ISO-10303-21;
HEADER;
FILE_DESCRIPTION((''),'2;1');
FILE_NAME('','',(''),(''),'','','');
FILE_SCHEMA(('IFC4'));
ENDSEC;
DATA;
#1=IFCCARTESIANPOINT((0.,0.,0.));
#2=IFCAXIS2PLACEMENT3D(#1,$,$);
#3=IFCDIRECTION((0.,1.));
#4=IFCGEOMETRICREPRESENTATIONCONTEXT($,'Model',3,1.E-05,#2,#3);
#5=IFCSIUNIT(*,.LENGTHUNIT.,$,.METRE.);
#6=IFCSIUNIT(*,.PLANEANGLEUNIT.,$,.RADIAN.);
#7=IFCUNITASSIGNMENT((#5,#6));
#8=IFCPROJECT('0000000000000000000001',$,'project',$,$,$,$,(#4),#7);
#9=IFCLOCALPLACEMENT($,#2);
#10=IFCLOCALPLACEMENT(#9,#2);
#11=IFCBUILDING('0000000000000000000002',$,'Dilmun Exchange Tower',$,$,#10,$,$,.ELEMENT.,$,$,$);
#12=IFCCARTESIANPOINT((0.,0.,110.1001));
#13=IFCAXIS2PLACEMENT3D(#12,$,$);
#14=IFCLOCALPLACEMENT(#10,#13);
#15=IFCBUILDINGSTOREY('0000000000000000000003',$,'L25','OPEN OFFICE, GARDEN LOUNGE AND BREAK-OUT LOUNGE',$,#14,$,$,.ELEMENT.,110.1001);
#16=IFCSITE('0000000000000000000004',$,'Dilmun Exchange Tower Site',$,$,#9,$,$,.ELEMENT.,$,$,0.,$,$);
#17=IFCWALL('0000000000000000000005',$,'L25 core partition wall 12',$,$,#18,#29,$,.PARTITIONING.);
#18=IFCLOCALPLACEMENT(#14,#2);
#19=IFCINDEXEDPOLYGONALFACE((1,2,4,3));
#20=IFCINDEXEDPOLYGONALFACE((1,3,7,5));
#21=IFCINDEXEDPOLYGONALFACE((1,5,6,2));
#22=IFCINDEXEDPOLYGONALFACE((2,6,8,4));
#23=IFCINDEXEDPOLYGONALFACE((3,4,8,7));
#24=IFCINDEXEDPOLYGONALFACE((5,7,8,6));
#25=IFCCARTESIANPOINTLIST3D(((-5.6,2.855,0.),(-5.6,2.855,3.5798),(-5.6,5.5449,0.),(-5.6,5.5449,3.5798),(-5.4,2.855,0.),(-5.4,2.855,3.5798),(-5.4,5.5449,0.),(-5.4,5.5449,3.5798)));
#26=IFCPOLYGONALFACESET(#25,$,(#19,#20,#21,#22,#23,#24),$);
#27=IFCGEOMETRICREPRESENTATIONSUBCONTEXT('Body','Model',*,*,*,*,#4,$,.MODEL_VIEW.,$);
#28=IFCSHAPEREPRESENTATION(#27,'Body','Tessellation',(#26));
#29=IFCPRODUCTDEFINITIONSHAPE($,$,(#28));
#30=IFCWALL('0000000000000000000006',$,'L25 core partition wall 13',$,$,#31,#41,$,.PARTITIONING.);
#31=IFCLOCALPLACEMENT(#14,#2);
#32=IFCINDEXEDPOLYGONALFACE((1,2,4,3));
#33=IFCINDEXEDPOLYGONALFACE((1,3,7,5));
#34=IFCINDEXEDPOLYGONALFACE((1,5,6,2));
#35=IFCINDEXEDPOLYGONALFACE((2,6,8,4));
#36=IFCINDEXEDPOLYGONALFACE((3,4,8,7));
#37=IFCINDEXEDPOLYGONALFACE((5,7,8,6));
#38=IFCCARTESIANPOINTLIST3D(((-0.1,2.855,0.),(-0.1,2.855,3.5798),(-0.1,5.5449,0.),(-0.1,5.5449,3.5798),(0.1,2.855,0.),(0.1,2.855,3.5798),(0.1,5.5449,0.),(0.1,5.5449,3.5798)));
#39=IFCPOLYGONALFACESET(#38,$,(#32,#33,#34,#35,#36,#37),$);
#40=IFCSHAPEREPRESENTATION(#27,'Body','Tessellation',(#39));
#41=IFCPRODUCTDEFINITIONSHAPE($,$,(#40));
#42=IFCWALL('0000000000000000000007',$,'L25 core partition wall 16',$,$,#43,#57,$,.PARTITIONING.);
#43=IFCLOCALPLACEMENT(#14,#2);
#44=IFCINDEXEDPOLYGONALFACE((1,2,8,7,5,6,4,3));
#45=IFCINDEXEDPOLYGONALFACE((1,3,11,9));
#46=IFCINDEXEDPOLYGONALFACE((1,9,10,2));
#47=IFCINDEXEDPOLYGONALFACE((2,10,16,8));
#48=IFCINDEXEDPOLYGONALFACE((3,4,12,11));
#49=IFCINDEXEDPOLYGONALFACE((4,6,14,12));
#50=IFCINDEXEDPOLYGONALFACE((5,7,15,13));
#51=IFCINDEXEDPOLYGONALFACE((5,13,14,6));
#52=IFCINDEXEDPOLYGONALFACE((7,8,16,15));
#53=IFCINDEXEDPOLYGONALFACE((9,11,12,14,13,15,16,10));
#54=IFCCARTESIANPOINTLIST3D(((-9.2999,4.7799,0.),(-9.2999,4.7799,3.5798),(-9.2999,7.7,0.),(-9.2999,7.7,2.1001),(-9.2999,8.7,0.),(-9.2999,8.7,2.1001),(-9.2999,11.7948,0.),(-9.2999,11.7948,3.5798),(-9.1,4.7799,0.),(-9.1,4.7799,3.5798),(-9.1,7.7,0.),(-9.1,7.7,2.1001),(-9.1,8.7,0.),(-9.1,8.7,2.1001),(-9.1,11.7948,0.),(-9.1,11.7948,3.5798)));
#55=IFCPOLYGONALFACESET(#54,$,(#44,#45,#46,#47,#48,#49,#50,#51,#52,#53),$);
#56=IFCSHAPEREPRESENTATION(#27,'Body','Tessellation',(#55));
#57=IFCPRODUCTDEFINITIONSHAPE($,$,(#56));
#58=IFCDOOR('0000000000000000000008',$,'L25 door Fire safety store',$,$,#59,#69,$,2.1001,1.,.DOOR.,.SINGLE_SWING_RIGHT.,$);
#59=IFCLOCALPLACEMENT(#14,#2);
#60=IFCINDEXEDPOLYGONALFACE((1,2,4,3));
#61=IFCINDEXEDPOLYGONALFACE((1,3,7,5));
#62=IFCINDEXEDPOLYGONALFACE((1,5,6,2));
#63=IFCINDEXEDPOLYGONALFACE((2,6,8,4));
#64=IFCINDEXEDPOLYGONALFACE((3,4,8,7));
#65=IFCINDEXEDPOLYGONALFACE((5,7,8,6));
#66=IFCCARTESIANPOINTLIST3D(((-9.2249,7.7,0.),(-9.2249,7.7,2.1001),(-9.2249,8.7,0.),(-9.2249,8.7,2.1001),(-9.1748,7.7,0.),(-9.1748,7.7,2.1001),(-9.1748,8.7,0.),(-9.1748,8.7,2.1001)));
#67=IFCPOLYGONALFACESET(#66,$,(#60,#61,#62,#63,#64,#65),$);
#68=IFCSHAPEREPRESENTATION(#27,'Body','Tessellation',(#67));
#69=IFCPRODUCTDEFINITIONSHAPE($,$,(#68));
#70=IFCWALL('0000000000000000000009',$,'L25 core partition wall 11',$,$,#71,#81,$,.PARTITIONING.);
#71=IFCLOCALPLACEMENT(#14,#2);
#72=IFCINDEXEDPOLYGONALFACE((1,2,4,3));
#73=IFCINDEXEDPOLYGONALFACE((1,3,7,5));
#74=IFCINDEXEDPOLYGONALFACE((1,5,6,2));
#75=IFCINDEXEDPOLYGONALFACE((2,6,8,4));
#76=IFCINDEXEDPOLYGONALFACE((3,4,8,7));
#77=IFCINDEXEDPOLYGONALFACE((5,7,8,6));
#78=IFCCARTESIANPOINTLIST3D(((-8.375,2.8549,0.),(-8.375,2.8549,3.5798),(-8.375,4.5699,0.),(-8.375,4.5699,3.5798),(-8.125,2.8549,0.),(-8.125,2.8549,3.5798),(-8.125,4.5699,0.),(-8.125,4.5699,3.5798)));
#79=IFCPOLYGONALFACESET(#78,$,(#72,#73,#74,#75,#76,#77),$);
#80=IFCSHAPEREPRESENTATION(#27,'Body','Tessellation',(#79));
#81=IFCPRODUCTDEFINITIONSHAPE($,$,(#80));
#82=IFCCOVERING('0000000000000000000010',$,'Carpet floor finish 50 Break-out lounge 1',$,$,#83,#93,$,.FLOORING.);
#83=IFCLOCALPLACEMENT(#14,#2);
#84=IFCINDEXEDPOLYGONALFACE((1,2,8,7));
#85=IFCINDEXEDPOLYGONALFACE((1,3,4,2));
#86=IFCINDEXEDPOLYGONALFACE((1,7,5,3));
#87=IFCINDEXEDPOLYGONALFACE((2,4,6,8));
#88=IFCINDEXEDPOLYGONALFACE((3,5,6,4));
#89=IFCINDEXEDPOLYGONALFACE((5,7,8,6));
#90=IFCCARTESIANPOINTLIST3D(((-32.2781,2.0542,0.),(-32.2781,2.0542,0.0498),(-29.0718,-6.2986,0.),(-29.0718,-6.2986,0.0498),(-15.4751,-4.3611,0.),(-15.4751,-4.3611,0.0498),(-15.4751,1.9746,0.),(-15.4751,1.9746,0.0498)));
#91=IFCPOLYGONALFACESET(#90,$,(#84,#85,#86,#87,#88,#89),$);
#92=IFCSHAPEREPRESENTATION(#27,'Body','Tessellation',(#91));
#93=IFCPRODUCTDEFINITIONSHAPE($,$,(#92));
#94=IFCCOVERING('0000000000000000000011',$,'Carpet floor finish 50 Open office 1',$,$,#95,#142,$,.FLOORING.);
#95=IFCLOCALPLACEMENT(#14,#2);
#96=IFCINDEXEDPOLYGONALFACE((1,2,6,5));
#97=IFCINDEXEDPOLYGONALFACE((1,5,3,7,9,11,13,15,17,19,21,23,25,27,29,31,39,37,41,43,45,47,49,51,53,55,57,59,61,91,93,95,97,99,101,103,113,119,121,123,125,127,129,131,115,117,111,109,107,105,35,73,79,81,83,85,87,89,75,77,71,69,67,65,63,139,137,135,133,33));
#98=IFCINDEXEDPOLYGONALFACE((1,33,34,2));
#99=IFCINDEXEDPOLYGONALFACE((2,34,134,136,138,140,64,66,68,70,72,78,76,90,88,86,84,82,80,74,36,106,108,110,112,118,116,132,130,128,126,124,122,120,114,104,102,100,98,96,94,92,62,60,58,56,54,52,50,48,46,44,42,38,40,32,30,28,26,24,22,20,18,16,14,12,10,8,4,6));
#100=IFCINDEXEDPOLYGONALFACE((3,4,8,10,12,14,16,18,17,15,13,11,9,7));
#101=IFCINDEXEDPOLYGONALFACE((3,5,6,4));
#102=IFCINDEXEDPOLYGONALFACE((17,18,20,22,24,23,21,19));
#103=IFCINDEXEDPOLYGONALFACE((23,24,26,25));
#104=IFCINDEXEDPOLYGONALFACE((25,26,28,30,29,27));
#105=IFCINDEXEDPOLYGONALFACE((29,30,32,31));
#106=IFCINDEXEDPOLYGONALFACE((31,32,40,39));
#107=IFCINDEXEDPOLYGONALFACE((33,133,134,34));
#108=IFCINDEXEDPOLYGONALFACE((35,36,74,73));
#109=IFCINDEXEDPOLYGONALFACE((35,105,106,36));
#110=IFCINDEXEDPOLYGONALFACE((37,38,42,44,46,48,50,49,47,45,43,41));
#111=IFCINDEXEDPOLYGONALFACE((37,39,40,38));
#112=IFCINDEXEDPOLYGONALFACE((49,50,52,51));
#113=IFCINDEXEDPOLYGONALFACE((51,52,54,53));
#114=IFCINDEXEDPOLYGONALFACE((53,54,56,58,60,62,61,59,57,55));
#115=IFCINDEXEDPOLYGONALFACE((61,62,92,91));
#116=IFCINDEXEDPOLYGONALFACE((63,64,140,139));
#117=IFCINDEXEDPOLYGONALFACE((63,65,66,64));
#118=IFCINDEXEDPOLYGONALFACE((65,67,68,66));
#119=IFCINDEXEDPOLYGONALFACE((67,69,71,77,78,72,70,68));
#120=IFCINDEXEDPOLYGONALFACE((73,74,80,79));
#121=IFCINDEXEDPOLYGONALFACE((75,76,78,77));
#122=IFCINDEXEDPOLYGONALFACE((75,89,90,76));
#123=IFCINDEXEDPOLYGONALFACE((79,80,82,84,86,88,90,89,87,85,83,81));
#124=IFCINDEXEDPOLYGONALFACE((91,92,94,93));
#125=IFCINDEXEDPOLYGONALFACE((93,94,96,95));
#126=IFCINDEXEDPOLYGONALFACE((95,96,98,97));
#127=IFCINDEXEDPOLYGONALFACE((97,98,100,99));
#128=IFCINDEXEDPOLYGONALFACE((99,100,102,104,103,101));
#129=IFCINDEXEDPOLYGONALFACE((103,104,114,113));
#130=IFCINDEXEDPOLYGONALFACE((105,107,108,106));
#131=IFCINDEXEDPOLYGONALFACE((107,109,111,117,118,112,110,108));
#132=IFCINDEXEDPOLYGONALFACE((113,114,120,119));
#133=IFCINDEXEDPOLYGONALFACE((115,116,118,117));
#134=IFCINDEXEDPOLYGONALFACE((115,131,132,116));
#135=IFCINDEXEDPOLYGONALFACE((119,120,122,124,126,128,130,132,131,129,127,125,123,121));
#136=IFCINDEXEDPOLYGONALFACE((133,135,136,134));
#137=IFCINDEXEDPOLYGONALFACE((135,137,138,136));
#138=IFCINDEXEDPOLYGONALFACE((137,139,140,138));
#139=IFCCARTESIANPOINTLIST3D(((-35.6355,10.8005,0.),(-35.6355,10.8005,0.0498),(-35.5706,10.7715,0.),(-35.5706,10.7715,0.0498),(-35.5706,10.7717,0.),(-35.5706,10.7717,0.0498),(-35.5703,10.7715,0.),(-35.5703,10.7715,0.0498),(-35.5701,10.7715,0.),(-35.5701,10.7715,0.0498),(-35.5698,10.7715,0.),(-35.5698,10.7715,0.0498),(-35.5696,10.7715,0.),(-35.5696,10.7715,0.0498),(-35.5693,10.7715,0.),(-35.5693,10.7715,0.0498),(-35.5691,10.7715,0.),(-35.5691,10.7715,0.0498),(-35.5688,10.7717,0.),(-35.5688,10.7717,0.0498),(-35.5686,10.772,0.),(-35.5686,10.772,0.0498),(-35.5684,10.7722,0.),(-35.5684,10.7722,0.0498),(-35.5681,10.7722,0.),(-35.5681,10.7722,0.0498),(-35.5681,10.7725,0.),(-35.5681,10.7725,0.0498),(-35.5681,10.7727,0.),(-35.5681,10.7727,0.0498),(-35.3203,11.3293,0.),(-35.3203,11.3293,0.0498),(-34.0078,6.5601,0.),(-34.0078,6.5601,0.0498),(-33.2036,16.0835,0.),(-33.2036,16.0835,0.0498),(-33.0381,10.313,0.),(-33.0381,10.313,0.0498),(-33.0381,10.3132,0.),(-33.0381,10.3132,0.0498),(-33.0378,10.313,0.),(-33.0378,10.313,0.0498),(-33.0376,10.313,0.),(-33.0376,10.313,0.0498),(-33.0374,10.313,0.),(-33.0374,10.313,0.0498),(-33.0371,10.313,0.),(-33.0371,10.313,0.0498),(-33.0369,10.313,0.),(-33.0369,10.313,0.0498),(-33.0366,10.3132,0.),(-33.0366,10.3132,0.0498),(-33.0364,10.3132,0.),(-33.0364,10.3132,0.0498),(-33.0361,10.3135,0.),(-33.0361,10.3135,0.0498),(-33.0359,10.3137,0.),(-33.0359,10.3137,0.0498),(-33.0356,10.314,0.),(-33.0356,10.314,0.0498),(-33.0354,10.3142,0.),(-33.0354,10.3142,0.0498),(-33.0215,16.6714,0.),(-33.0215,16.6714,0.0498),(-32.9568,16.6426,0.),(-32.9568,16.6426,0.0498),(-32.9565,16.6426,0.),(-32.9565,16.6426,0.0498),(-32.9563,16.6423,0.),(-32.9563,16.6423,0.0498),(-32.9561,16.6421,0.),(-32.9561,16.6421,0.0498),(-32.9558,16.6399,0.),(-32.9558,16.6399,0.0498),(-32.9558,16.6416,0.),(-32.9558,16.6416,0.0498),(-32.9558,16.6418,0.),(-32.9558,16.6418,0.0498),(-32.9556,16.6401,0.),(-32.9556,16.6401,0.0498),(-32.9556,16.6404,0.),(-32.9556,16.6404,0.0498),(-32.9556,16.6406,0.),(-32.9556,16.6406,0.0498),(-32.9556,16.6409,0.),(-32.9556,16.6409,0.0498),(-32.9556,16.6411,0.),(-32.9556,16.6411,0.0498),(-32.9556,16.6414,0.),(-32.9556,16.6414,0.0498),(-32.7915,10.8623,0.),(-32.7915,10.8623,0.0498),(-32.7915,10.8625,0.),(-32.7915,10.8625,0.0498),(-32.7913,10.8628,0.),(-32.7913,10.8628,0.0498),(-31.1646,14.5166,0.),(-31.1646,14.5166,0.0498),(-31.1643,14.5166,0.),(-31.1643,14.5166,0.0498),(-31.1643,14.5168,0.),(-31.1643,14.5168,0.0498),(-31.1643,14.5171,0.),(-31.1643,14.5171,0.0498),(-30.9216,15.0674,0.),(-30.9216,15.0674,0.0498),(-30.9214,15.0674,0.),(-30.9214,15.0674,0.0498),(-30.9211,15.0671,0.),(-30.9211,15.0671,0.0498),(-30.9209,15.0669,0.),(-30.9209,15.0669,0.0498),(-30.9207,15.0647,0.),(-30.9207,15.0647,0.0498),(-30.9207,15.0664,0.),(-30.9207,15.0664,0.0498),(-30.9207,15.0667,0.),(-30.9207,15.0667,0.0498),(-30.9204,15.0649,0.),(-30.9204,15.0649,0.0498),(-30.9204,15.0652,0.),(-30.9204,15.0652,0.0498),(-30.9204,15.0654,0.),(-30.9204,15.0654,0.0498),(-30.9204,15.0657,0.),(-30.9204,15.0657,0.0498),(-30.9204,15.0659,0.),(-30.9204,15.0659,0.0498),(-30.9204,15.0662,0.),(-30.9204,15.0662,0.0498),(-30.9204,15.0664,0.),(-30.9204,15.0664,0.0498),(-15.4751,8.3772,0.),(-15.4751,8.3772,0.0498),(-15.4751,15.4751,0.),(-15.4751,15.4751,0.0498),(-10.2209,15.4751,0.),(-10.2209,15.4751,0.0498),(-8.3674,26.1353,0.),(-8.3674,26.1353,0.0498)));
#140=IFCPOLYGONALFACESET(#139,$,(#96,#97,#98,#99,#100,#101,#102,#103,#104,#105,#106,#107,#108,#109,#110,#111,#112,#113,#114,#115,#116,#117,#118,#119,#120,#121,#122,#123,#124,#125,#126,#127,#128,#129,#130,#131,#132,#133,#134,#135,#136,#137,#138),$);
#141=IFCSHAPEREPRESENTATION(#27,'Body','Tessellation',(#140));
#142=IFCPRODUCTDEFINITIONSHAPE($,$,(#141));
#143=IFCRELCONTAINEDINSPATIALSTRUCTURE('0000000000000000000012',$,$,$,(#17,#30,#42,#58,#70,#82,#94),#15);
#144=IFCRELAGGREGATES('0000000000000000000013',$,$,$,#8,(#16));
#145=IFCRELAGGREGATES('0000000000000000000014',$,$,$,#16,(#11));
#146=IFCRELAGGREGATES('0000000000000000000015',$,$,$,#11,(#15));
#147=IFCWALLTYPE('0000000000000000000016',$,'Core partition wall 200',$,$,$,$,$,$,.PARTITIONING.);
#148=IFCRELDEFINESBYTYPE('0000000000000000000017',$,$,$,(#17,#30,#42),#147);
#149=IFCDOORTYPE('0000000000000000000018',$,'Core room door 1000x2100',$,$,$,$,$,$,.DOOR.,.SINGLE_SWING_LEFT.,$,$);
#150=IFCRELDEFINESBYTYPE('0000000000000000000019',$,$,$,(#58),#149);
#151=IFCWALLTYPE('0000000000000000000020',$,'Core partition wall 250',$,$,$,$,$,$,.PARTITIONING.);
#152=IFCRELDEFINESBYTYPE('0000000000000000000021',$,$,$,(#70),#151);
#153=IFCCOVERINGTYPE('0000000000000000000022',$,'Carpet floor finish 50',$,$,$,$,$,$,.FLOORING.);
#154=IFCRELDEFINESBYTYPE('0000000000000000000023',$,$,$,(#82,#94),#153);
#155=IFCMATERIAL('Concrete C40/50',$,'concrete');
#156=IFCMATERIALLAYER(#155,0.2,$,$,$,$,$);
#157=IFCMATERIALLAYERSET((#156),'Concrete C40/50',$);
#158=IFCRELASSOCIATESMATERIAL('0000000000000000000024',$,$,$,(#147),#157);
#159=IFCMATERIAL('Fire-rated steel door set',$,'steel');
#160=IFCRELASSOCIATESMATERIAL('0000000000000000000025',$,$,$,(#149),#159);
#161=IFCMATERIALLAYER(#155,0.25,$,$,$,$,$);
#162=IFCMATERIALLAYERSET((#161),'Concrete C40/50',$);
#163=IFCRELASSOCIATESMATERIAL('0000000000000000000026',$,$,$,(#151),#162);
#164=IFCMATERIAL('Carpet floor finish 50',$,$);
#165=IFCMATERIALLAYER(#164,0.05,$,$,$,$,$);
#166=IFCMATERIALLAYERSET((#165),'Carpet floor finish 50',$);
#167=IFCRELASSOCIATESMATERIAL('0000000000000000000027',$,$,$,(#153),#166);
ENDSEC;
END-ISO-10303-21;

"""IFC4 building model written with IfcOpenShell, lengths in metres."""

from ifc_helpers import new_model, si_unit, direction, frame, frame_2d, origin, place, context, subcontext, project, spatial, polyline, rectangle, outline, extrude, material, layer, layer_set, type_object, element, fill, save


model = new_model("IFC4")

# Units and contexts
model_context = context("Model", 3, precision=1e-05, world=origin(), true_north=direction((0.0, 1.0)))
body_context = subcontext(model_context, "Body", "Model", "MODEL_VIEW")
ifc_project = project(units=[si_unit("LENGTHUNIT", "METRE"), si_unit("PLANEANGLEUNIT", "RADIAN")], contexts=[model_context])

# Site, building, storey
site_placement = place(None, origin())
site = spatial("IfcSite", under=ifc_project, at=site_placement, Name="Dilmun Exchange Tower Site", CompositionType="ELEMENT", RefElevation=0.0)
building_placement = place(site_placement, origin())
building = spatial("IfcBuilding", under=site, at=building_placement, Name="Dilmun Exchange Tower", CompositionType="ELEMENT")
storey_placement = place(building_placement, frame((0.0, 0.0, 110.1001)))
storey = spatial("IfcBuildingStorey", under=building, at=storey_placement, Name="L25", Description="OPEN OFFICE, GARDEN LOUNGE AND BREAK-OUT LOUNGE", CompositionType="ELEMENT", Elevation=110.1001)

# Walls
ifc_material_1 = material(Name="Concrete C40/50", Category="concrete")
ifc_layer_1 = layer(ifc_material_1, 0.2)
ifc_layer_set_1 = layer_set([ifc_layer_1], Name="Concrete C40/50")
wall_type_1 = type_object("IfcWallType", Name="Core partition wall 200", PredefinedType="PARTITIONING", material=ifc_layer_set_1)
for number, where, z_axis, x_axis, name in (
    (1, (-5.5, 2.855, 0.0), (0.0, 0.0, 1.0), (0.0, 1.0, 0.0), "L25 core partition wall 12"),
    (2, (0.0, 2.855, 0.0), (0.0, 0.0, 1.0), (0.0, 1.0, 0.0), "L25 core partition wall 13"),
):
    element("IfcWall", number, at=place(storey_placement, frame(where, z_axis=z_axis, x_axis=x_axis)), inside=storey, type_object=wall_type_1, Name=name, PredefinedType="PARTITIONING", context=body_context, shape_type="SweptSolid", body=[
        extrude(rectangle(XDim=2.6899, YDim=0.2, at=frame_2d((1.345, 0.0))), origin(), (0.0, 0.0, 1.0), 3.5798),
    ])

# Wall, opening, door
wall_1_placement = place(storey_placement, frame((-9.2, 4.78, 0.0), z_axis=(0.0, 0.0, 1.0), x_axis=(0.0, 1.0, 0.0)))
wall_1 = element("IfcWall", 3, at=wall_1_placement, inside=storey, type_object=wall_type_1, Name="L25 core partition wall 16", PredefinedType="PARTITIONING", context=body_context, shape_type="SweptSolid", body=[
    extrude(rectangle(XDim=7.0149, YDim=0.2, at=frame_2d((3.5073, 0.0))), origin(), (0.0, 0.0, 1.0), 3.5798),
])
opening_placement = place(wall_1_placement, frame((2.9199, 0.0, 0.0)))
opening = element("IfcOpeningElement", 4, at=opening_placement, cuts=wall_1, PredefinedType="OPENING", context=body_context, shape_type="SweptSolid", body=[
    extrude(rectangle(XDim=1.0, YDim=2.1001, at=frame_2d((0.5, 1.05))), frame((0.0, 0.1099, 0.0), z_axis=(0.0, -1.0, 0.0), x_axis=(1.0, 0.0, 0.0)), (0.0, 0.0, 1.0), 0.22),
])
ifc_material_2 = material(Name="Fire-rated steel door set", Category="steel")
door_type = type_object("IfcDoorType", Name="Core room door 1000x2100", OperationType="SINGLE_SWING_LEFT", PredefinedType="DOOR", material=ifc_material_2)
door_placement = place(opening_placement, origin())
door = element("IfcDoor", 5, at=door_placement, inside=storey, type_object=door_type, Name="L25 door Fire safety store", OperationType="SINGLE_SWING_RIGHT", OverallHeight=2.1001, OverallWidth=1.0, PredefinedType="DOOR", context=body_context, shape_type="SweptSolid", body=[
    extrude(rectangle(XDim=1.0, YDim=2.1001, at=frame_2d((0.5, 1.05))), frame((0.0, 0.0249, 0.0), z_axis=(0.0, -1.0, 0.0), x_axis=(1.0, 0.0, 0.0)), (0.0, 0.0, 1.0), 0.05),
])
fill(opening, door)

# Wall
ifc_layer_2 = layer(ifc_material_1, 0.25)
ifc_layer_set_2 = layer_set([ifc_layer_2], Name="Concrete C40/50")
wall_type_2 = type_object("IfcWallType", Name="Core partition wall 250", PredefinedType="PARTITIONING", material=ifc_layer_set_2)
wall_2_placement = place(storey_placement, frame((-8.25, 2.855, 0.0), z_axis=(0.0, 0.0, 1.0), x_axis=(0.0, 1.0, 0.0)))
element("IfcWall", 6, at=wall_2_placement, inside=storey, type_object=wall_type_2, Name="L25 core partition wall 11", PredefinedType="PARTITIONING", context=body_context, shape_type="SweptSolid", body=[
    extrude(rectangle(XDim=1.7151, YDim=0.25, at=frame_2d((0.8574, 0.0))), origin(), (0.0, 0.0, 1.0), 3.5798),
])

# Coverings
ifc_material_3 = material(Name="Carpet floor finish 50")
ifc_layer_3 = layer(ifc_material_3, 0.05)
ifc_layer_set_3 = layer_set([ifc_layer_3], Name="Carpet floor finish 50")
covering_type_1 = type_object("IfcCoveringType", Name="Carpet floor finish 50", PredefinedType="FLOORING", material=ifc_layer_set_3)
covering_1_placement = place(storey_placement, origin())
element("IfcCovering", 7, at=covering_1_placement, inside=storey, type_object=covering_type_1, Name="Carpet floor finish 50 Break-out lounge 1", PredefinedType="FLOORING", context=body_context, shape_type="SweptSolid", body=[
    extrude(outline(polyline([(-15.4751, 1.9746), (-15.4751, -4.3611), (-29.0718, -6.2986), (-32.2781, 2.0542), (-15.4751, 1.9746)])), origin(), (0.0, 0.0, 1.0), 0.0498),
])
covering_2_placement = place(storey_placement, origin())
element("IfcCovering", 8, at=covering_2_placement, inside=storey, type_object=covering_type_1, Name="Carpet floor finish 50 Open office 1", PredefinedType="FLOORING", context=body_context, shape_type="SweptSolid", body=[
    extrude(outline(polyline([(-10.2209, 15.4751), (-15.4751, 15.4751), (-15.4751, 8.3772), (-34.0078, 6.5601), (-35.6355, 10.8005), (-35.5706, 10.7717), (-35.5706, 10.7715), (-35.5703, 10.7715), (-35.5701, 10.7715), (-35.5698, 10.7715), (-35.5696, 10.7715), (-35.5696, 10.7715), (-35.5693, 10.7715), (-35.5691, 10.7715), (-35.5688, 10.7717), (-35.5688, 10.7717), (-35.5686, 10.772), (-35.5686, 10.772), (-35.5684, 10.7722), (-35.5681, 10.7722), (-35.5681, 10.7725), (-35.5681, 10.7727), (-35.3203, 11.3293), (-33.0381, 10.3132), (-33.0381, 10.313), (-33.0378, 10.313), (-33.0376, 10.313), (-33.0374, 10.313), (-33.0371, 10.313), (-33.0371, 10.313), (-33.0369, 10.313), (-33.0366, 10.3132), (-33.0364, 10.3132), (-33.0364, 10.3132), (-33.0361, 10.3135), (-33.0359, 10.3137), (-33.0359, 10.3137), (-33.0356, 10.314), (-33.0356, 10.314), (-33.0354, 10.3142), (-32.7915, 10.8623), (-32.7915, 10.8625), (-32.7913, 10.8628), (-32.7913, 10.8628), (-31.1646, 14.5166), (-31.1643, 14.5166), (-31.1643, 14.5168), (-31.1643, 14.5171), (-31.1643, 14.5171), (-30.9207, 15.0647), (-30.9204, 15.0649), (-30.9204, 15.0652), (-30.9204, 15.0652), (-30.9204, 15.0654), (-30.9204, 15.0657), (-30.9204, 15.0659), (-30.9204, 15.0662), (-30.9204, 15.0664), (-30.9207, 15.0664), (-30.9207, 15.0667), (-30.9209, 15.0669), (-30.9209, 15.0669), (-30.9211, 15.0671), (-30.9211, 15.0671), (-30.9214, 15.0674), (-30.9216, 15.0674), (-33.2036, 16.0835), (-32.9558, 16.6399), (-32.9556, 16.6401), (-32.9556, 16.6404), (-32.9556, 16.6404), (-32.9556, 16.6406), (-32.9556, 16.6409), (-32.9556, 16.6411), (-32.9556, 16.6414), (-32.9558, 16.6416), (-32.9558, 16.6416), (-32.9558, 16.6418), (-32.9561, 16.6421), (-32.9561, 16.6421), (-32.9563, 16.6423), (-32.9563, 16.6423), (-32.9565, 16.6426), (-32.9568, 16.6426), (-33.0215, 16.6714), (-8.3674, 26.1353), (-10.2209, 15.4751)])), origin(), (0.0, 0.0, 1.0), 0.0498),
])

save(model, "model.ifc")
